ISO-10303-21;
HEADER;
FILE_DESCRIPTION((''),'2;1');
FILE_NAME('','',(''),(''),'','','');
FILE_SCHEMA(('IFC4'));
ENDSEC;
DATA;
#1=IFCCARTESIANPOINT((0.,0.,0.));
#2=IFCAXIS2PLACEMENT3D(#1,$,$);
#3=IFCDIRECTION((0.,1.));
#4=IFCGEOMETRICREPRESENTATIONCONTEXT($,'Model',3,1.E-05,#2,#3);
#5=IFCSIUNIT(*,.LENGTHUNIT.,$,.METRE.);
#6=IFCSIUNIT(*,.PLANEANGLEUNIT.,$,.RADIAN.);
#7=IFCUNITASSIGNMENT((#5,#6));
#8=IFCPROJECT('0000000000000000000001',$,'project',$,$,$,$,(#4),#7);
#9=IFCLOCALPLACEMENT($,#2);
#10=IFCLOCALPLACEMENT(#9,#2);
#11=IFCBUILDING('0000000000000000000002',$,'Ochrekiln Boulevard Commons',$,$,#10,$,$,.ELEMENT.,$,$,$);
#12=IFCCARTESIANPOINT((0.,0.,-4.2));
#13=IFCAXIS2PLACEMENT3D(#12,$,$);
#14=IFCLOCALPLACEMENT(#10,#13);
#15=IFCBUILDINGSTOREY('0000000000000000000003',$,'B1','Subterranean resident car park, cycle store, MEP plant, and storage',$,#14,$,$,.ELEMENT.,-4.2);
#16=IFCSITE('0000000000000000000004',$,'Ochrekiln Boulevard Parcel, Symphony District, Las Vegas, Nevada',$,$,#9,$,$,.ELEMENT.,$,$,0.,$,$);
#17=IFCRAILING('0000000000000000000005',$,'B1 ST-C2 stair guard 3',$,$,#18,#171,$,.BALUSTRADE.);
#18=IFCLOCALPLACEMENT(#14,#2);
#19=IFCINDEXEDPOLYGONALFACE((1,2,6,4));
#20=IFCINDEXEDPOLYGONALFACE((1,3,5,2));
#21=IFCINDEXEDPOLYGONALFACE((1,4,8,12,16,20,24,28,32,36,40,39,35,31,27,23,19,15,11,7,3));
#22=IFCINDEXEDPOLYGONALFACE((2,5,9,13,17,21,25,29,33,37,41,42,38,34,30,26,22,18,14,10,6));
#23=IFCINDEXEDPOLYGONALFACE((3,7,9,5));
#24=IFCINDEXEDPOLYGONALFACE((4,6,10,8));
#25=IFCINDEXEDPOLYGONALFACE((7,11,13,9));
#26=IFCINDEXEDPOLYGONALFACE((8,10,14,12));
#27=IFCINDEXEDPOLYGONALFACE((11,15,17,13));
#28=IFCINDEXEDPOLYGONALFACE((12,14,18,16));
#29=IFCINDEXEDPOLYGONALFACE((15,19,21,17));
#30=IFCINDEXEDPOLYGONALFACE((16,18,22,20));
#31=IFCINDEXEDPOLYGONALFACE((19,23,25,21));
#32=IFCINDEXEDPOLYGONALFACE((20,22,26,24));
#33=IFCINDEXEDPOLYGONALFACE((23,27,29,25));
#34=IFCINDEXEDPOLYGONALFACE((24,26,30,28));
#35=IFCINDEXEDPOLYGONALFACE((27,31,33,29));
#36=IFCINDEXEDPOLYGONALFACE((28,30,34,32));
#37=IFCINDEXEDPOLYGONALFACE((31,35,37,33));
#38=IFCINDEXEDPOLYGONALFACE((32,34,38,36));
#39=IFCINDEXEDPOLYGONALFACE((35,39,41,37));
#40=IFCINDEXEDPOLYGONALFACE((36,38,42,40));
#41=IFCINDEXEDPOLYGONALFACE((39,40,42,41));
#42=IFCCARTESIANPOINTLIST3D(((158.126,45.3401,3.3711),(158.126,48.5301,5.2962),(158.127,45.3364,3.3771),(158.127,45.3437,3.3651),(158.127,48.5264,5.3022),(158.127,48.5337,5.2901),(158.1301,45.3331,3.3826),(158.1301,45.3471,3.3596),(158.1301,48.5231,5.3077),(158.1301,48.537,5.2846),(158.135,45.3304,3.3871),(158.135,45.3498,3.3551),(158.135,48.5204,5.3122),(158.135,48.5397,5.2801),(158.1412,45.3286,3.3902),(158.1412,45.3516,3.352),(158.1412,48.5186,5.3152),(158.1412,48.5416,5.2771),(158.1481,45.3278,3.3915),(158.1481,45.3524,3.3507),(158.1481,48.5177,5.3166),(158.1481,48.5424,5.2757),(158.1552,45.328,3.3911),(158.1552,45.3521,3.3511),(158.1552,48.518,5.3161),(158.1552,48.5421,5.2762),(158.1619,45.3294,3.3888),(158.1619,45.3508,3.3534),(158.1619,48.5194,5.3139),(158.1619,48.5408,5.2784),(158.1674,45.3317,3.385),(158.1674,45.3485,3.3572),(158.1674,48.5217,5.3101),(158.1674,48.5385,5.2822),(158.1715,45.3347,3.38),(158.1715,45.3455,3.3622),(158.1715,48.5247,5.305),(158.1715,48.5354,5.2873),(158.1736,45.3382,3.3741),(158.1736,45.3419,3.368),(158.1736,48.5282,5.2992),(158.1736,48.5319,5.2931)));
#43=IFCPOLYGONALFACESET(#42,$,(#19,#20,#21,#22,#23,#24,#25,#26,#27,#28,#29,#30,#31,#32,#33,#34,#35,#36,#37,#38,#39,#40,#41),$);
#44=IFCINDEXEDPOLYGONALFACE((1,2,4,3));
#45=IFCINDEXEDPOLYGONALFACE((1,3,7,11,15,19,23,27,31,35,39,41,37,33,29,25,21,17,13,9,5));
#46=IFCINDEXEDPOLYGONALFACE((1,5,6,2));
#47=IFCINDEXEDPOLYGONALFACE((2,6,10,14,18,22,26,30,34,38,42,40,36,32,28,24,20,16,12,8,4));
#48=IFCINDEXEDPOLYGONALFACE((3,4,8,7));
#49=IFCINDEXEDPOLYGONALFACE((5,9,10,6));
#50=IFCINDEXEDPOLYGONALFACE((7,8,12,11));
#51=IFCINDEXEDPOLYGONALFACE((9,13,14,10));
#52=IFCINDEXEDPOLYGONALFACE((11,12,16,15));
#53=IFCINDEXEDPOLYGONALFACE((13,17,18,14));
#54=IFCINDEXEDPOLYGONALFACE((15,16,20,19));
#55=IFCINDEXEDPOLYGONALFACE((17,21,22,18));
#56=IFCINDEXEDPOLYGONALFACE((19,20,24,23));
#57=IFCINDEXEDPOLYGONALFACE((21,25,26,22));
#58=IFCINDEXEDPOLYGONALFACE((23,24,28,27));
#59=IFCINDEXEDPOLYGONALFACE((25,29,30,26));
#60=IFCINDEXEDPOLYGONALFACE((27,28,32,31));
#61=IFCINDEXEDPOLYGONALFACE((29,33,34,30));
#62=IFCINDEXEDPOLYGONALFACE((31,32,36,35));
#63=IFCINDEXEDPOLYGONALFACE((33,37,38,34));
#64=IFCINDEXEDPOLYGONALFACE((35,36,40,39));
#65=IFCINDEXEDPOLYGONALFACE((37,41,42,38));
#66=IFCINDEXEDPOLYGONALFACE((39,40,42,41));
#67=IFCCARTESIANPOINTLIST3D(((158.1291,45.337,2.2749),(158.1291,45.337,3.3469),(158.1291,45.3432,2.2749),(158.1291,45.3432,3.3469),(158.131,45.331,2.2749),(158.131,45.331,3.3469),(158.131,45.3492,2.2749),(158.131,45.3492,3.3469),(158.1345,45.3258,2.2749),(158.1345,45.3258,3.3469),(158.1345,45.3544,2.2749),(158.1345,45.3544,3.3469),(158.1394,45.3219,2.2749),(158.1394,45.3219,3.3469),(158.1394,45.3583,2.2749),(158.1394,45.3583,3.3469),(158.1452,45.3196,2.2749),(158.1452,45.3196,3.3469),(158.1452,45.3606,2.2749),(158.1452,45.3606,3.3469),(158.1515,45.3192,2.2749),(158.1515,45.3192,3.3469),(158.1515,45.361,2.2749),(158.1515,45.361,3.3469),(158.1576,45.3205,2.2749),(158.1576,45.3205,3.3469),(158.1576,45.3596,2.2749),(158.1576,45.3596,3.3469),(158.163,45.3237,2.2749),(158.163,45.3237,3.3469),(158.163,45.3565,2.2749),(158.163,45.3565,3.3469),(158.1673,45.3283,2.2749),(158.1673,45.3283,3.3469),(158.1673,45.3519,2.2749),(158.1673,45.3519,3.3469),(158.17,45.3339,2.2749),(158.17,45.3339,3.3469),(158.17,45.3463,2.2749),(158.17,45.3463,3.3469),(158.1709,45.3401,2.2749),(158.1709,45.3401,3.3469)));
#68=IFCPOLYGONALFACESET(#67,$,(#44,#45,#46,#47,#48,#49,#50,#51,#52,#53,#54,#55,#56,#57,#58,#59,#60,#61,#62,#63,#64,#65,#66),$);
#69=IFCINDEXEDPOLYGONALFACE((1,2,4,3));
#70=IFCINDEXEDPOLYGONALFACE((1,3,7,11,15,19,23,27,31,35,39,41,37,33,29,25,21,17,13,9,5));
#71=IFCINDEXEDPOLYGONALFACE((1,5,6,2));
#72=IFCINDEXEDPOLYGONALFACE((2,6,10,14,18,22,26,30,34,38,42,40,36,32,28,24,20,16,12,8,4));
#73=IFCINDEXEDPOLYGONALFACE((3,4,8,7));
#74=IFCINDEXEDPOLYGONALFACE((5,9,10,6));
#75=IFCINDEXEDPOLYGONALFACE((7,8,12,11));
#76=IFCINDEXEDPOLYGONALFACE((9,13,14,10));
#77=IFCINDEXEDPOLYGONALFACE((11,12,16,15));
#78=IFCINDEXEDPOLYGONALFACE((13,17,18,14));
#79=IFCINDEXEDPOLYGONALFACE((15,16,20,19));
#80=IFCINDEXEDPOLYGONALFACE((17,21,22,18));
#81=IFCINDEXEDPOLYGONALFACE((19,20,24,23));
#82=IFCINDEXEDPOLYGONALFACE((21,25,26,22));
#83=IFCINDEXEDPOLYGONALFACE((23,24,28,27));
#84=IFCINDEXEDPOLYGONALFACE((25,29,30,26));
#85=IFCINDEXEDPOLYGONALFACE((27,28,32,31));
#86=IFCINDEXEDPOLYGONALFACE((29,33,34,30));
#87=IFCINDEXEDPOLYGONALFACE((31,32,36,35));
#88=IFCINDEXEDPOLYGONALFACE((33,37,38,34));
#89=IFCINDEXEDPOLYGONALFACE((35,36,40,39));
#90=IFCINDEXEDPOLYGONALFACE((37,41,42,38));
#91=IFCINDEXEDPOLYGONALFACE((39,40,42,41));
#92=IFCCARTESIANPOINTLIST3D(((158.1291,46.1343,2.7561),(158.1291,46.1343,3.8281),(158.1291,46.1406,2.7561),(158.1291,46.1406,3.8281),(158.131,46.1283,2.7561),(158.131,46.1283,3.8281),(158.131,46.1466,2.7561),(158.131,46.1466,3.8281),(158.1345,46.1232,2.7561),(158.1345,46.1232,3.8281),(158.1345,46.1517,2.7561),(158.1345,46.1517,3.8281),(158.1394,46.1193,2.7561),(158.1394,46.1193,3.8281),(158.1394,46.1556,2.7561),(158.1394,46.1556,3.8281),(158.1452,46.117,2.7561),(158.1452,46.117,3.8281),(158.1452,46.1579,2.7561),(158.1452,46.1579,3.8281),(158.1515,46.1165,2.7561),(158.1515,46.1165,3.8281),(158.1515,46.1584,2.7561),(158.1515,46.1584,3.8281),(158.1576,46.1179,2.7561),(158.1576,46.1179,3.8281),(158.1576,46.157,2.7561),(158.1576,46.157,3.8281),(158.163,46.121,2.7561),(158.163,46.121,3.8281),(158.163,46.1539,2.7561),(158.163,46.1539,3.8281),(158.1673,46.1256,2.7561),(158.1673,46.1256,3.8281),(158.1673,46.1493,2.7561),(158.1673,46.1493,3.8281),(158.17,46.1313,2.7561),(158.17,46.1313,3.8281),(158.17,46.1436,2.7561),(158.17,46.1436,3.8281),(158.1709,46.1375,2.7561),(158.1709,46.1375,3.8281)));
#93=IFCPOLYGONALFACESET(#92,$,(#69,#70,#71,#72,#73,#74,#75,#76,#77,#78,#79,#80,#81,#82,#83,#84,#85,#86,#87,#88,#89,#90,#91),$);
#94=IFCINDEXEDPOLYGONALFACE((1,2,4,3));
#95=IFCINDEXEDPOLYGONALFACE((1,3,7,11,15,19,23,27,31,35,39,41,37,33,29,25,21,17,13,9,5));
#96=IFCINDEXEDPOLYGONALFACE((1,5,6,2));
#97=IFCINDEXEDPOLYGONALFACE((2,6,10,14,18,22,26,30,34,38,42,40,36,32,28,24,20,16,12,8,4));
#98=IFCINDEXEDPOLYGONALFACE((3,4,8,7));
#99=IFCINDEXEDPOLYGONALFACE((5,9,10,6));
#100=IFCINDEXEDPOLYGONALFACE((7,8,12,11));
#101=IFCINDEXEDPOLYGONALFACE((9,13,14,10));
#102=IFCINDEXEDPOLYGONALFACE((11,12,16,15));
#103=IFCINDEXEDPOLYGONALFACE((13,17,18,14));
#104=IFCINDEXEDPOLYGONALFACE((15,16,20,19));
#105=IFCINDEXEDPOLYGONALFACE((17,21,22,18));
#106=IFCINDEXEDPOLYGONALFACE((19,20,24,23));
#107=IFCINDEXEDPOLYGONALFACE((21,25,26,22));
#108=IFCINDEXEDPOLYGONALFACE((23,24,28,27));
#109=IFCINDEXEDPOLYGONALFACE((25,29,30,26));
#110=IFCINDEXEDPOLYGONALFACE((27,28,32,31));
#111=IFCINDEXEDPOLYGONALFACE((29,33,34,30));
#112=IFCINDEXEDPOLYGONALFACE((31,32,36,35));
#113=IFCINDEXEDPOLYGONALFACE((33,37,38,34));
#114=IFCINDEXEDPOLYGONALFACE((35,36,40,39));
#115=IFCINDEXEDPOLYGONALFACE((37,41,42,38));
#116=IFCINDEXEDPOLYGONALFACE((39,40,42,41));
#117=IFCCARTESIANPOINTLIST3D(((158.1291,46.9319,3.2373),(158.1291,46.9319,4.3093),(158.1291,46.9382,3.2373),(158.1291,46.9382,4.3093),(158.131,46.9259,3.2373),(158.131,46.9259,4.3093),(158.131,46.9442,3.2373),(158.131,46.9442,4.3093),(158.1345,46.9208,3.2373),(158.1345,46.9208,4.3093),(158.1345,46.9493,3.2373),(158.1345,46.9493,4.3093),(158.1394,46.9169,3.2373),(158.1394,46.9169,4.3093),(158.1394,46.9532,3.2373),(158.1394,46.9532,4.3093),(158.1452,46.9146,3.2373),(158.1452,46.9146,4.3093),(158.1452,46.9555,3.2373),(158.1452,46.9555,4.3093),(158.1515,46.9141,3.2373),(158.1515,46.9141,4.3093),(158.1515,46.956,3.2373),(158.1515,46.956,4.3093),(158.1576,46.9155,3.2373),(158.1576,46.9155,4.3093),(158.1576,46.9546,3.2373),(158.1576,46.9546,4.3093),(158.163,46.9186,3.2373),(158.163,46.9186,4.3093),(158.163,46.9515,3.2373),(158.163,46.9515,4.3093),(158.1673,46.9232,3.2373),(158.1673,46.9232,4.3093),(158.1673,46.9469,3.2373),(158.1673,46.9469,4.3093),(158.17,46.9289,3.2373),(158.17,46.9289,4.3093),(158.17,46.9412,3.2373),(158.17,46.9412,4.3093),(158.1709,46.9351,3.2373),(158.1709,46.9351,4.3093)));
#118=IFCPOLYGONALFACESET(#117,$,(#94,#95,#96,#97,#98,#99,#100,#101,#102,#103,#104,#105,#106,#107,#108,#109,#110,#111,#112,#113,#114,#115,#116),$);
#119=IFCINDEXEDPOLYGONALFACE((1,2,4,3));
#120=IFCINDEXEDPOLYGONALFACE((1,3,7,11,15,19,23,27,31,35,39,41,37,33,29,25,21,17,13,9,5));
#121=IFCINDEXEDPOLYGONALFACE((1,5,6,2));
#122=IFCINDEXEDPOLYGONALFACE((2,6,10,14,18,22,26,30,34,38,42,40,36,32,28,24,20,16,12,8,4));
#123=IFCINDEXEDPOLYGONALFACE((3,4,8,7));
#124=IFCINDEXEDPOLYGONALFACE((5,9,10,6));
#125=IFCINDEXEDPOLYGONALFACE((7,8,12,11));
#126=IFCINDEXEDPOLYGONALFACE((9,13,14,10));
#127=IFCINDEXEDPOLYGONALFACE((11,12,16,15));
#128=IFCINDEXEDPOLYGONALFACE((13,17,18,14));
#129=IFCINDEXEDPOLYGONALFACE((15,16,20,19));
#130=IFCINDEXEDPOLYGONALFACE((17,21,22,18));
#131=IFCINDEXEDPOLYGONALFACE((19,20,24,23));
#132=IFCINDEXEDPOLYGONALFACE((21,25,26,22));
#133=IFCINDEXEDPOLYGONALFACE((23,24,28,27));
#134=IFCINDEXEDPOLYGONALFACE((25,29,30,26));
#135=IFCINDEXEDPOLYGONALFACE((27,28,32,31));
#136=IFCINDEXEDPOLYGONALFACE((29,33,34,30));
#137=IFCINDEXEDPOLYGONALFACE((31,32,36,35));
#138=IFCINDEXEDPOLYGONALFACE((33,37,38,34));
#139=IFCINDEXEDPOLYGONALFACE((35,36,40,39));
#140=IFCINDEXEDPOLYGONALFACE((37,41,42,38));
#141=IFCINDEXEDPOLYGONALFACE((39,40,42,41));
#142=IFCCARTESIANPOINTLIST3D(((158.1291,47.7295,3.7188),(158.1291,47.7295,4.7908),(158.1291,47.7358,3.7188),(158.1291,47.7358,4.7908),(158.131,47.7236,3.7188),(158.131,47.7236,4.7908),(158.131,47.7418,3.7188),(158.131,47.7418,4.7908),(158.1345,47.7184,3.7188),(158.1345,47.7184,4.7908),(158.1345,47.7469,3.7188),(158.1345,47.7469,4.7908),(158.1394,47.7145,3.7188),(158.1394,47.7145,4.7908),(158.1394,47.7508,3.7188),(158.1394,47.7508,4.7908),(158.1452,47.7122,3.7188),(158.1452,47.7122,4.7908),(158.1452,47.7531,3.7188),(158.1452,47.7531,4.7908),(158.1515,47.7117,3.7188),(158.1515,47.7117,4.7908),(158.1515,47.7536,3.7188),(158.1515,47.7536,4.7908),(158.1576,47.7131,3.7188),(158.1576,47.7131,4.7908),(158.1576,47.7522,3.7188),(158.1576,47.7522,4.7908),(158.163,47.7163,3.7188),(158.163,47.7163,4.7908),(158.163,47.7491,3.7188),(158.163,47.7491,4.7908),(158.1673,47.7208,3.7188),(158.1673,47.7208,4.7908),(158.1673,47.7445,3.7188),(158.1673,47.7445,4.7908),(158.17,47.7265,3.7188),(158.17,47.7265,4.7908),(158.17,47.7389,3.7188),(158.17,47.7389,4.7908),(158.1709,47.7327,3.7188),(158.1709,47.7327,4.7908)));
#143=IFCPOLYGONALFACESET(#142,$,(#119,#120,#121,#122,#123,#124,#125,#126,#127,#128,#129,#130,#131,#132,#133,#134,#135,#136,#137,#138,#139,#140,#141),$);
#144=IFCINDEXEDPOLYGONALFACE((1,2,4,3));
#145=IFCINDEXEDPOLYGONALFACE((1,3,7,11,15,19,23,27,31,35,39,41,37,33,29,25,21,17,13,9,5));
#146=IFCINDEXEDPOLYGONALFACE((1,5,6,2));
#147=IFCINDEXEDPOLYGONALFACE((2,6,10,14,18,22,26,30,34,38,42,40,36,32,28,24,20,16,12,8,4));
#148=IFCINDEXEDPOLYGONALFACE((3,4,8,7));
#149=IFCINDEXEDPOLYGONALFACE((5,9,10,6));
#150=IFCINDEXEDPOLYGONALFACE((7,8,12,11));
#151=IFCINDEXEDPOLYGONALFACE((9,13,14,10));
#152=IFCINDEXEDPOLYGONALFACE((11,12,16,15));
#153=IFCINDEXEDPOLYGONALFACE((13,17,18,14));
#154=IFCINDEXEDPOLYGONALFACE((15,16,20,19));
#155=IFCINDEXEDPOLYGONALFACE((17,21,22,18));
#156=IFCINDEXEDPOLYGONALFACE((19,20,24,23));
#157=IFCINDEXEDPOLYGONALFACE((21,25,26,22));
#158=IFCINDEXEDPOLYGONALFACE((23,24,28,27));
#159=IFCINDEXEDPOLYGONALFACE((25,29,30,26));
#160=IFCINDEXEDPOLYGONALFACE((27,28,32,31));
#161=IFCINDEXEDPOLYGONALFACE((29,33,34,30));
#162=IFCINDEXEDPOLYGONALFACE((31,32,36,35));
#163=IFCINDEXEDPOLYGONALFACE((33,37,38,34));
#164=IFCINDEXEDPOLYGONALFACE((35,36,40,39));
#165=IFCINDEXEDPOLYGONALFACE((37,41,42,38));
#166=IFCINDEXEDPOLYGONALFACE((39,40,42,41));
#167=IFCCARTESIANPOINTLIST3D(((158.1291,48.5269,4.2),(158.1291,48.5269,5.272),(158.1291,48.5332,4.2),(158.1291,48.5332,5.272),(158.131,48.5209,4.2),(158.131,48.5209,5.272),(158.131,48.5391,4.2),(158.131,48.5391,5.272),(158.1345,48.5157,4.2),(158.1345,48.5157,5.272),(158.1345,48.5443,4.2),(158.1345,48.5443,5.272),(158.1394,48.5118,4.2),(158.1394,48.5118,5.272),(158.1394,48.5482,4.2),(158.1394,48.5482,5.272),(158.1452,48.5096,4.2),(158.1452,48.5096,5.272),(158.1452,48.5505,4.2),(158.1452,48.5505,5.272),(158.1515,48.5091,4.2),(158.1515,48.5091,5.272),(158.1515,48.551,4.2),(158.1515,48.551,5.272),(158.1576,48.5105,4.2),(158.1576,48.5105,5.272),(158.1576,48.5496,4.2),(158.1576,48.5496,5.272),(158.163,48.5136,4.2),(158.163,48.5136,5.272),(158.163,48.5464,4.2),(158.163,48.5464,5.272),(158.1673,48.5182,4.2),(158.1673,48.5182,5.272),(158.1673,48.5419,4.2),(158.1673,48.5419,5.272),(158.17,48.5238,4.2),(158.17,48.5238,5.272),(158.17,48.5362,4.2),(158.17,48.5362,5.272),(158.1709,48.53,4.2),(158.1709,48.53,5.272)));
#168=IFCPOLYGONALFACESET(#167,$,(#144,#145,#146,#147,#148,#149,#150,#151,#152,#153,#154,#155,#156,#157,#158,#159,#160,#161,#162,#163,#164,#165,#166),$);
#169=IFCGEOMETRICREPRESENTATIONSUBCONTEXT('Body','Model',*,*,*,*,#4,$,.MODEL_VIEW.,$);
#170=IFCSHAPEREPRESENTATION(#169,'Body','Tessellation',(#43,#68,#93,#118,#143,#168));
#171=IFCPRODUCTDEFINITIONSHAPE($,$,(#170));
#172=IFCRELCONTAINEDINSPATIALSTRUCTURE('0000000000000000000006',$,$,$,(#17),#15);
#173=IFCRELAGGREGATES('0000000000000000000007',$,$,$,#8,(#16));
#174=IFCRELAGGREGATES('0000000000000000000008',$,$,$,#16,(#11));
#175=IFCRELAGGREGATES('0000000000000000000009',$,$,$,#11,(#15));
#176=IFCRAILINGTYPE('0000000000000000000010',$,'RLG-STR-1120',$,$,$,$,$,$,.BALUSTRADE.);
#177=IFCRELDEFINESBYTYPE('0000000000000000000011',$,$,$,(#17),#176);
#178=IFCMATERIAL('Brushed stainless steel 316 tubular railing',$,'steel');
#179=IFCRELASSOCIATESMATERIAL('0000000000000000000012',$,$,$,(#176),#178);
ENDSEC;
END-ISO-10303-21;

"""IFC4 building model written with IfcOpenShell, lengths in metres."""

from ifc_helpers import new_model, si_unit, direction, frame, origin, origin_2d, place, context, subcontext, project, spatial, circle, extrude, material, type_object, element, save


model = new_model("IFC4")

# Units and contexts
model_context = context("Model", 3, precision=1e-05, world=origin(), true_north=direction((0.0, 1.0)))
body_context = subcontext(model_context, "Body", "Model", "MODEL_VIEW")
ifc_project = project(units=[si_unit("LENGTHUNIT", "METRE"), si_unit("PLANEANGLEUNIT", "RADIAN")], contexts=[model_context])

# Site, building, storey
site_placement = place(None, origin())
site = spatial("IfcSite", under=ifc_project, at=site_placement, Name="Ochrekiln Boulevard Parcel, Symphony District, Las Vegas, Nevada", CompositionType="ELEMENT", RefElevation=0.0)
building_placement = place(site_placement, origin())
building = spatial("IfcBuilding", under=site, at=building_placement, Name="Ochrekiln Boulevard Commons", CompositionType="ELEMENT")
storey_placement = place(building_placement, frame((0.0, 0.0, -4.2)))
storey = spatial("IfcBuildingStorey", under=building, at=storey_placement, Name="B1", Description="Subterranean resident car park, cycle store, MEP plant, and storage", CompositionType="ELEMENT", Elevation=-4.2)

# Railing
ifc_material_1 = material(Name="Brushed stainless steel 316 tubular railing", Category="steel")
railing_type_1 = type_object("IfcRailingType", Name="RLG-STR-1120", PredefinedType="BALUSTRADE", material=ifc_material_1)
railing_1_placement = place(storey_placement, frame((158.1499, 45.3401, 2.2749)))
element("IfcRailing", 1, at=railing_1_placement, inside=storey, type_object=railing_type_1, Name="B1 ST-C2 stair guard 3", PredefinedType="BALUSTRADE", context=body_context, shape_type="SweptSolid", body=[
    extrude(circle(Radius=0.0239, at=origin_2d()), frame((0.0, 0.0, 1.0962), z_axis=(0.0, 0.856178, 0.516682), x_axis=(-1.0, 0.0, 0.0)), (0.0, 0.0, 1.0), 3.7258),
    extrude(circle(Radius=0.021, at=origin_2d()), origin(), (0.0, 0.0, 1.0), 1.072),
    extrude(circle(Radius=0.021, at=origin_2d()), frame((0.0, 0.7974, 0.4812)), (0.0, 0.0, 1.0), 1.072),
    extrude(circle(Radius=0.021, at=origin_2d()), frame((0.0, 1.595, 0.9624)), (0.0, 0.0, 1.0), 1.072),
    extrude(circle(Radius=0.021, at=origin_2d()), frame((0.0, 2.3926, 1.4438)), (0.0, 0.0, 1.0), 1.072),
    extrude(circle(Radius=0.021, at=origin_2d()), frame((0.0, 3.1899, 1.925)), (0.0, 0.0, 1.0), 1.072),
])

save(model, "model.ifc")
